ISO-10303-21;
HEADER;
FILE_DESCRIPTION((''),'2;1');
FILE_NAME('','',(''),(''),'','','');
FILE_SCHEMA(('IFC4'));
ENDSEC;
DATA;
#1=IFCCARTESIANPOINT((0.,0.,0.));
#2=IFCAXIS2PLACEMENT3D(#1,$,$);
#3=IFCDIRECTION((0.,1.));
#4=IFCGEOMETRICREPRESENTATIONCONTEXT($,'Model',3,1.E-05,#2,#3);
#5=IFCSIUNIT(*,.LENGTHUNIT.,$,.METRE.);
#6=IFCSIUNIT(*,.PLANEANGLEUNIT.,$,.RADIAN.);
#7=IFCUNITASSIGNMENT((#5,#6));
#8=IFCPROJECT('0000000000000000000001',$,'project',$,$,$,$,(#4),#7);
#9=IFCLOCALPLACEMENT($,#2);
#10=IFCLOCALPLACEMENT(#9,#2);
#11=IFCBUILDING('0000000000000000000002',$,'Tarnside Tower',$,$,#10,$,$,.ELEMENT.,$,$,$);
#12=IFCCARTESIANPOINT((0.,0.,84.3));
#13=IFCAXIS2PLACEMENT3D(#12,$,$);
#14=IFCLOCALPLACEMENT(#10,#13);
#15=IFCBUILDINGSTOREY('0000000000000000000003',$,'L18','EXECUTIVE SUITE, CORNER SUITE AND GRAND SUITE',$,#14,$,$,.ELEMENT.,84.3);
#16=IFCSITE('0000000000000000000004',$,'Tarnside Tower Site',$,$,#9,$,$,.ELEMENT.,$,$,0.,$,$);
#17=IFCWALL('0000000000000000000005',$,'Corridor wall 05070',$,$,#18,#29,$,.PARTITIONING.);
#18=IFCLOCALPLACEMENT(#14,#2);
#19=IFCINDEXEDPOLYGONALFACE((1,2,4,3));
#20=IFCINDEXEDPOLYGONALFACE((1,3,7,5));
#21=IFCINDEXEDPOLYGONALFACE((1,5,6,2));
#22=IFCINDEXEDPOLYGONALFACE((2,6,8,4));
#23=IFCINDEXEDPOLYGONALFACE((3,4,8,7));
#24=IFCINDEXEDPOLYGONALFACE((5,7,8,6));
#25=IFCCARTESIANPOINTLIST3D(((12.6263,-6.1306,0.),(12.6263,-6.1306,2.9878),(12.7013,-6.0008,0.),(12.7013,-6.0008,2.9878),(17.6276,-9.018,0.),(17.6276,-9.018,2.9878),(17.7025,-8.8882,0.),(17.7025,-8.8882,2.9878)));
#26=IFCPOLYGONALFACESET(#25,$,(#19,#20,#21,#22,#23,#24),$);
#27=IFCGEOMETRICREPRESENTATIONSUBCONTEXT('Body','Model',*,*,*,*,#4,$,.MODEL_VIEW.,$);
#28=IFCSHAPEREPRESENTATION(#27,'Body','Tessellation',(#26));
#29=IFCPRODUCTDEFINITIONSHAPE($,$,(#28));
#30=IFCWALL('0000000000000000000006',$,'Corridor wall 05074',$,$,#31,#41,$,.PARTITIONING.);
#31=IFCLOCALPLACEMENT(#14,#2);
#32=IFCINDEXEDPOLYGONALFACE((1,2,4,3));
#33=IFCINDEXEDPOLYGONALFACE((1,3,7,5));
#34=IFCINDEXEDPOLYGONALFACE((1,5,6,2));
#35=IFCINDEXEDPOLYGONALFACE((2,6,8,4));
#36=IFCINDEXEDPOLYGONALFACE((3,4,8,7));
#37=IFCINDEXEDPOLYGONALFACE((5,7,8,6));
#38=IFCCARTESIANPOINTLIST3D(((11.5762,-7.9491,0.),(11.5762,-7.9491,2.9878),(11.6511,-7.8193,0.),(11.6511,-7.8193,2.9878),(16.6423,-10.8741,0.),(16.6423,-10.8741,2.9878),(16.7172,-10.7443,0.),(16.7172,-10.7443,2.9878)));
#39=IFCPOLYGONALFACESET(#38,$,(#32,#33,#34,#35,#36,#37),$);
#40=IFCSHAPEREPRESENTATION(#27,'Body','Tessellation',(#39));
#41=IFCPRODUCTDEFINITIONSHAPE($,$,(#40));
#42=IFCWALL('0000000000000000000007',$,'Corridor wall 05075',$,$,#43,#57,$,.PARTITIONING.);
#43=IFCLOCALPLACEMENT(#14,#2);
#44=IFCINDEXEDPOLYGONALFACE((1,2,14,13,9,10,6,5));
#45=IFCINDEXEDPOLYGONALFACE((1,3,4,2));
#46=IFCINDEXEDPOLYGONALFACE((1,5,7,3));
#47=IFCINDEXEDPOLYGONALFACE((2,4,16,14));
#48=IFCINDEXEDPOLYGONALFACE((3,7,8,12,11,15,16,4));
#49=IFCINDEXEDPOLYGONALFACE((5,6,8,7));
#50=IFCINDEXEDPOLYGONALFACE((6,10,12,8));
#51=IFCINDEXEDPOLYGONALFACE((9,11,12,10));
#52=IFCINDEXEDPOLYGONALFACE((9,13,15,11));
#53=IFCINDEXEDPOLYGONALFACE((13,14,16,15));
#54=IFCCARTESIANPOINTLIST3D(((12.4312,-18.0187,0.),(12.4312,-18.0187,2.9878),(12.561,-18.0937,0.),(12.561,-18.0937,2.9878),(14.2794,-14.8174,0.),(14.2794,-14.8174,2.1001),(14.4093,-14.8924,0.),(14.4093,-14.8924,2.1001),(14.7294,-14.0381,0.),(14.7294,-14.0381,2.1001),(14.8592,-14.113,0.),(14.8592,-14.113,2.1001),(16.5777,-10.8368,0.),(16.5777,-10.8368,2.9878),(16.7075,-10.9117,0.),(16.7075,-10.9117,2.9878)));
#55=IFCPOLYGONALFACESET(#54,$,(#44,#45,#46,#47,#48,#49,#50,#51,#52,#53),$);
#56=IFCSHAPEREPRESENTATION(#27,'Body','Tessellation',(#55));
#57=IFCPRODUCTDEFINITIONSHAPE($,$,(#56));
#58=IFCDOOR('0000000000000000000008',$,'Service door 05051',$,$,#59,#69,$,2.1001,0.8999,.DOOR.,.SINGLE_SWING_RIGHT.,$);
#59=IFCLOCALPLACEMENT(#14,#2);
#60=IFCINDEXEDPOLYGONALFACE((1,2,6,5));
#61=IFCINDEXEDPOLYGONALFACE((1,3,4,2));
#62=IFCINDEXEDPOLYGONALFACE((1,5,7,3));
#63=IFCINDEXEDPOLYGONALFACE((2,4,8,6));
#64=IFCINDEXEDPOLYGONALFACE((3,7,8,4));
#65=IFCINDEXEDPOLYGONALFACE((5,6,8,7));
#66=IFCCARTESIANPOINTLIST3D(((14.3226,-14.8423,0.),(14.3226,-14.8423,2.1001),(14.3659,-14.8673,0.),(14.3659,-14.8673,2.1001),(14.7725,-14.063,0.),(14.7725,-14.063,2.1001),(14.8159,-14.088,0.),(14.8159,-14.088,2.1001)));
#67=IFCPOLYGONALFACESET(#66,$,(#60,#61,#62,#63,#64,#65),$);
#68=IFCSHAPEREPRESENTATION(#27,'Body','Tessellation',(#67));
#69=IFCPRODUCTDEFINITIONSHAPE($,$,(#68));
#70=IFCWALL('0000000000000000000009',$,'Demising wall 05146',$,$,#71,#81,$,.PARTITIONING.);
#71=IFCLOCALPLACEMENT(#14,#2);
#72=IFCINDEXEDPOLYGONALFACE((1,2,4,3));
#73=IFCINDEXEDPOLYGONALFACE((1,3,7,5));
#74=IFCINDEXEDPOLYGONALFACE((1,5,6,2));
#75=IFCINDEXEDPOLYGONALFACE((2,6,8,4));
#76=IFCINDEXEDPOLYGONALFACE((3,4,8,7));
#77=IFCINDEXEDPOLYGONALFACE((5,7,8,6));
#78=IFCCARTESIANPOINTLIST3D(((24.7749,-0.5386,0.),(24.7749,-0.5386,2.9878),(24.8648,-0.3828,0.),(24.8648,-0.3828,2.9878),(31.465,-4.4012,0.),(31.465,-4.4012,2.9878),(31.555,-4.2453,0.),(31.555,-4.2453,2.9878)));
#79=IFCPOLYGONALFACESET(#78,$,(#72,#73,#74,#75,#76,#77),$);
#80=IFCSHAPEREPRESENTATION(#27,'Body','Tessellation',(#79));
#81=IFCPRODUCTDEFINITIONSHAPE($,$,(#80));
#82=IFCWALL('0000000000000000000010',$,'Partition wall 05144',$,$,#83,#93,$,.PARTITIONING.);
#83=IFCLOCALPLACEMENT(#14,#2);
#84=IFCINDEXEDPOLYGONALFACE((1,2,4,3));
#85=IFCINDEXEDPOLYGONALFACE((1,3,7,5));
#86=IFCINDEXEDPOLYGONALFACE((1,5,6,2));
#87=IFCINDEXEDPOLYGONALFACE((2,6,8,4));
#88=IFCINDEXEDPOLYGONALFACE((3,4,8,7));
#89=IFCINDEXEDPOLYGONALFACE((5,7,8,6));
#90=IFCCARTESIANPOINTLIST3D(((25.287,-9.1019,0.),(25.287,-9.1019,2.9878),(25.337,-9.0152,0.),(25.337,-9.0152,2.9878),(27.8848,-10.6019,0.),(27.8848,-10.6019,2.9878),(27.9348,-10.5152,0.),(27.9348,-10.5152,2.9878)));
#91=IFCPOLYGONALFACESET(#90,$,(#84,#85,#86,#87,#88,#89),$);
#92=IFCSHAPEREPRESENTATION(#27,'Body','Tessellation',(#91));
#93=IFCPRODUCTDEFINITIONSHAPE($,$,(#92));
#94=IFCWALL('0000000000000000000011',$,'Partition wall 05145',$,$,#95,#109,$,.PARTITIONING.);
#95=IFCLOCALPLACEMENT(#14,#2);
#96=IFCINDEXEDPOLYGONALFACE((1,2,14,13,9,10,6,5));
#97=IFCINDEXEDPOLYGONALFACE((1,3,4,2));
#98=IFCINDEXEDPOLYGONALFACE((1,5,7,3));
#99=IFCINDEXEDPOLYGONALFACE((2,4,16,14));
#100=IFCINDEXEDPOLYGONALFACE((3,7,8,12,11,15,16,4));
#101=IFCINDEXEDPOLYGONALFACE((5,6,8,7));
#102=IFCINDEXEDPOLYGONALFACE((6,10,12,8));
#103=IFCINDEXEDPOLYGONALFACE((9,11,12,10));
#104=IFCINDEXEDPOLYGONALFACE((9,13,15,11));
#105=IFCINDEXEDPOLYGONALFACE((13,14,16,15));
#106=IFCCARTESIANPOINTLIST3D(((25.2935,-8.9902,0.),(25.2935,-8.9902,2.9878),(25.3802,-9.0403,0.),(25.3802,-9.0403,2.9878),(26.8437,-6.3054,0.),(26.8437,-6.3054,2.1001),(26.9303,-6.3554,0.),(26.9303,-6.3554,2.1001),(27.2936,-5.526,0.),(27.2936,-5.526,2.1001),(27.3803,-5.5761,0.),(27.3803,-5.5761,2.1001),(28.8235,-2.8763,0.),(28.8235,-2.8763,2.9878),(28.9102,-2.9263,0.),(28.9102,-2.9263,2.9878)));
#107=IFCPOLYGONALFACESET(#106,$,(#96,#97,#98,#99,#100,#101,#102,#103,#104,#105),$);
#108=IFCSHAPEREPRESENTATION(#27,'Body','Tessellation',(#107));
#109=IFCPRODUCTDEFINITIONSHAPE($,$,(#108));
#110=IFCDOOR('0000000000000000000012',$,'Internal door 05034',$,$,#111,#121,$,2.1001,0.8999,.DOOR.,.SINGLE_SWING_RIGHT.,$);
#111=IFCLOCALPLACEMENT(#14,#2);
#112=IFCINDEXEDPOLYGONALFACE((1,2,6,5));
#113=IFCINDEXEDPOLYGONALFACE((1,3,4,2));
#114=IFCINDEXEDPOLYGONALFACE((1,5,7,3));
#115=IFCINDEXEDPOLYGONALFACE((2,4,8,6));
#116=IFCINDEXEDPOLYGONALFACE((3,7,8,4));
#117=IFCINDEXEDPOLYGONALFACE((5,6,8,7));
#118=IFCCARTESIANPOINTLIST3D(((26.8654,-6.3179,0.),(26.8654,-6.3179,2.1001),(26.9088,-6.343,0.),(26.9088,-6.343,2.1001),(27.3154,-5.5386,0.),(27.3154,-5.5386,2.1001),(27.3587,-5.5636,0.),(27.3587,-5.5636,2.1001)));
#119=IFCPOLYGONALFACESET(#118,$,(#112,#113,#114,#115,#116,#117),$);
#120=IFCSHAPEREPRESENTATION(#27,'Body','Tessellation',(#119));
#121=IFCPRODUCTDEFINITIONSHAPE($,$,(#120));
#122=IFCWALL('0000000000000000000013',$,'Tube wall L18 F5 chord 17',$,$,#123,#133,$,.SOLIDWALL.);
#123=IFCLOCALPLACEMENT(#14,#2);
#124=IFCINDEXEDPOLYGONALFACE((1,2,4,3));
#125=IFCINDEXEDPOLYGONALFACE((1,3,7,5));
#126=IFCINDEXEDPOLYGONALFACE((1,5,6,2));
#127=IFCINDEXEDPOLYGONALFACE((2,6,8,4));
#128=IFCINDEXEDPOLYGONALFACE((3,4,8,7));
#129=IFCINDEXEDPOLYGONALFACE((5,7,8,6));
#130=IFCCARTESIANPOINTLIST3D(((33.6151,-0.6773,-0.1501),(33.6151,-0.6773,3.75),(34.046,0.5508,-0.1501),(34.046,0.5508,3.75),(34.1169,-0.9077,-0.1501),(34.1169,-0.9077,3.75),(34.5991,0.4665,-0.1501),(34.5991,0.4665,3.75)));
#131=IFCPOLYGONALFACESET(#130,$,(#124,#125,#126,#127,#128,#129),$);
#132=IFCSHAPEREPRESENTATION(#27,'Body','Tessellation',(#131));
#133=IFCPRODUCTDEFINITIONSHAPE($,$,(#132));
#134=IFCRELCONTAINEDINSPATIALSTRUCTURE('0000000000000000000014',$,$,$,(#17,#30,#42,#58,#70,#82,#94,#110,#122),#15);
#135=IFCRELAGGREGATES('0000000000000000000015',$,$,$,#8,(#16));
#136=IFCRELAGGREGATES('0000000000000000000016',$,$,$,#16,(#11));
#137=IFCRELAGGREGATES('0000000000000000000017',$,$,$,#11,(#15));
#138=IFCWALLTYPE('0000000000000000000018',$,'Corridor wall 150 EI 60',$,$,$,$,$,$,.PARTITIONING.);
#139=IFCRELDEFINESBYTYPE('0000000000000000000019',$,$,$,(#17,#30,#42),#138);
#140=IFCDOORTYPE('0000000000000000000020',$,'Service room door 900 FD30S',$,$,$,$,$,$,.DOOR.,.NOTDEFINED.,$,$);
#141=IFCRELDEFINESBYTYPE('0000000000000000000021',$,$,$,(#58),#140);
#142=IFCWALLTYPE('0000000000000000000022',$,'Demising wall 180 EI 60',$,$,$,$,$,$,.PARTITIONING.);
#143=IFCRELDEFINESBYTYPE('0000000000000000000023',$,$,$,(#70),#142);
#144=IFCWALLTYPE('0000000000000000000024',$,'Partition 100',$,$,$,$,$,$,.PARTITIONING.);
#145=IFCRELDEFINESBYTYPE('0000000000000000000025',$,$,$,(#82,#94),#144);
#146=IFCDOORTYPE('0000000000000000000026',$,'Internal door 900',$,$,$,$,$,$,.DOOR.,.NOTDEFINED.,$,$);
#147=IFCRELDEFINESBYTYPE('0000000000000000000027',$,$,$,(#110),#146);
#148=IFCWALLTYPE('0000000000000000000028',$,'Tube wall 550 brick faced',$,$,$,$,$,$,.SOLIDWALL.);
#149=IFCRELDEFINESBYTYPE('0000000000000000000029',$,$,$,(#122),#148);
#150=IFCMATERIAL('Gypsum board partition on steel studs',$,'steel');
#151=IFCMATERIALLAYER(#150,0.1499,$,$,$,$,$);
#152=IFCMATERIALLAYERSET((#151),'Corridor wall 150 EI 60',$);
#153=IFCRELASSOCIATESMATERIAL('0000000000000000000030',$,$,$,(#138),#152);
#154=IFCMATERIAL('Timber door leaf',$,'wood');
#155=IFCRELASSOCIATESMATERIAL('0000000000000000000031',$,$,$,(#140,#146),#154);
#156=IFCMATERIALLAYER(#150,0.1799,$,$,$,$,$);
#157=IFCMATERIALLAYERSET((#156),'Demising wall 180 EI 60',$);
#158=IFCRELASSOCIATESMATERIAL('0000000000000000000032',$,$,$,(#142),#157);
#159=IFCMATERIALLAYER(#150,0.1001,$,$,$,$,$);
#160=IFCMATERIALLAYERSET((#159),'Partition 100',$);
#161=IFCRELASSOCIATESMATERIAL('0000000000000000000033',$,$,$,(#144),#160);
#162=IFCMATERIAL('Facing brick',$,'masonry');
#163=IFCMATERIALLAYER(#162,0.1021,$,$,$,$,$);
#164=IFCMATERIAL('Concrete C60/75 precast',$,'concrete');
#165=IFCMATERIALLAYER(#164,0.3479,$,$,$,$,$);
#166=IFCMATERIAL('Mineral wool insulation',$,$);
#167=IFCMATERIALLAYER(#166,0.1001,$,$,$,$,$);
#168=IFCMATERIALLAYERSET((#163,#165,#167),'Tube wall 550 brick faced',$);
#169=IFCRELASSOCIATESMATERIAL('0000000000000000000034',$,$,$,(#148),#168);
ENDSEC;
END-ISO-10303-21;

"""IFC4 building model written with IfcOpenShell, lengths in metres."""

from ifc_helpers import new_model, si_unit, direction, frame, frame_2d, origin, place, context, subcontext, project, spatial, polyline, rectangle, outline, extrude, material, layer, layer_set, type_object, element, fill, save


model = new_model("IFC4")

# Units and contexts
model_context = context("Model", 3, precision=1e-05, world=origin(), true_north=direction((0.0, 1.0)))
body_context = subcontext(model_context, "Body", "Model", "MODEL_VIEW")
ifc_project = project(units=[si_unit("LENGTHUNIT", "METRE"), si_unit("PLANEANGLEUNIT", "RADIAN")], contexts=[model_context])

# Site, building, storey
site_placement = place(None, origin())
site = spatial("IfcSite", under=ifc_project, at=site_placement, Name="Tarnside Tower Site", CompositionType="ELEMENT", RefElevation=0.0)
building_placement = place(site_placement, origin())
building = spatial("IfcBuilding", under=site, at=building_placement, Name="Tarnside Tower", CompositionType="ELEMENT")
storey_placement = place(building_placement, frame((0.0, 0.0, 84.3)))
storey = spatial("IfcBuildingStorey", under=building, at=storey_placement, Name="L18", Description="EXECUTIVE SUITE, CORNER SUITE AND GRAND SUITE", CompositionType="ELEMENT", Elevation=84.3)

# Shared definitions
ifc_material_1 = material(Name="Gypsum board partition on steel studs", Category="steel")

# Shared definitions
ifc_material_2 = material(Name="Timber door leaf", Category="wood")

# Walls
ifc_layer_1 = layer(ifc_material_1, 0.1499)
ifc_layer_set_1 = layer_set([ifc_layer_1], Name="Corridor wall 150 EI 60")
wall_type_1 = type_object("IfcWallType", Name="Corridor wall 150 EI 60", PredefinedType="PARTITIONING", material=ifc_layer_set_1)
wall_1_placement = place(storey_placement, frame((17.665, -8.9531, 0.0), z_axis=(0.0, 0.0, 1.0), x_axis=(-0.866026, 0.499999, 0.0)))
element("IfcWall", 1, at=wall_1_placement, inside=storey, type_object=wall_type_1, Name="Corridor wall 05070", PredefinedType="PARTITIONING", context=body_context, shape_type="SweptSolid", body=[
    extrude(rectangle(XDim=5.7749, YDim=0.1499, at=frame_2d((2.8875, 0.0))), origin(), (0.0, 0.0, 1.0), 2.9878),
])
wall_2_placement = place(storey_placement, frame((11.6138, -7.8843, 0.0), z_axis=(0.0, 0.0, 1.0), x_axis=(0.866018, -0.500013, 0.0)))
element("IfcWall", 2, at=wall_2_placement, inside=storey, type_object=wall_type_1, Name="Corridor wall 05074", PredefinedType="PARTITIONING", context=body_context, shape_type="SweptSolid", body=[
    extrude(rectangle(XDim=5.8499, YDim=0.1499, at=frame_2d((2.9248, 0.0))), origin(), (0.0, 0.0, 1.0), 2.9878),
])

# Wall, opening, door
wall_3_placement = place(storey_placement, frame((16.6426, -10.8743, 0.0), z_axis=(0.0, 0.0, 1.0), x_axis=(-0.500002, -0.866024, 0.0)))
wall_3 = element("IfcWall", 3, at=wall_3_placement, inside=storey, type_object=wall_type_1, Name="Corridor wall 05075", PredefinedType="PARTITIONING", context=body_context, shape_type="SweptSolid", body=[
    extrude(rectangle(XDim=8.293, YDim=0.1499, at=frame_2d((4.1465, 0.0))), origin(), (0.0, 0.0, 1.0), 2.9878),
])
opening_1_placement = place(wall_3_placement, frame((3.6965, 0.0, 0.0)))
opening_1 = element("IfcOpeningElement", 4, at=opening_1_placement, cuts=wall_3, PredefinedType="OPENING", context=body_context, shape_type="SweptSolid", body=[
    extrude(rectangle(XDim=0.8999, YDim=2.1001, at=frame_2d((0.45, 1.05))), frame((0.0, 0.085, 0.0), z_axis=(0.0, -1.0, 0.0), x_axis=(1.0, 0.0, 0.0)), (0.0, 0.0, 1.0), 0.1699),
])
door_type_1 = type_object("IfcDoorType", Name="Service room door 900 FD30S", OperationType="NOTDEFINED", PredefinedType="DOOR", material=ifc_material_2)
door_1_placement = place(opening_1_placement, origin())
door_1 = element("IfcDoor", 5, at=door_1_placement, inside=storey, type_object=door_type_1, Name="Service door 05051", OperationType="SINGLE_SWING_RIGHT", OverallHeight=2.1001, OverallWidth=0.8999, PredefinedType="DOOR", context=body_context, shape_type="SweptSolid", body=[
    extrude(rectangle(XDim=0.8999, YDim=2.1001, at=frame_2d((0.45, 1.05))), frame((0.0, 0.0249, 0.0), z_axis=(0.0, -1.0, 0.0), x_axis=(1.0, 0.0, 0.0)), (0.0, 0.0, 1.0), 0.05),
])
fill(opening_1, door_1)

# Walls
ifc_layer_2 = layer(ifc_material_1, 0.1799)
ifc_layer_set_2 = layer_set([ifc_layer_2], Name="Demising wall 180 EI 60")
wall_type_2 = type_object("IfcWallType", Name="Demising wall 180 EI 60", PredefinedType="PARTITIONING", material=ifc_layer_set_2)
wall_4_placement = place(storey_placement, frame((31.51, -4.3232, 0.0), z_axis=(0.0, 0.0, 1.0), x_axis=(-0.866027, 0.499997, 0.0)))
element("IfcWall", 6, at=wall_4_placement, inside=storey, type_object=wall_type_2, Name="Demising wall 05146", PredefinedType="PARTITIONING", context=body_context, shape_type="SweptSolid", body=[
    extrude(rectangle(XDim=7.7251, YDim=0.1799, at=frame_2d((3.8625, 0.0))), origin(), (0.0, 0.0, 1.0), 2.9878),
])
ifc_layer_3 = layer(ifc_material_1, 0.1001)
ifc_layer_set_3 = layer_set([ifc_layer_3], Name="Partition 100")
wall_type_3 = type_object("IfcWallType", Name="Partition 100", PredefinedType="PARTITIONING", material=ifc_layer_set_3)
wall_5_placement = place(storey_placement, frame((27.9099, -10.5586, 0.0), z_axis=(0.0, 0.0, 1.0), x_axis=(-0.866011, 0.500025, 0.0)))
element("IfcWall", 7, at=wall_5_placement, inside=storey, type_object=wall_type_3, Name="Partition wall 05144", PredefinedType="PARTITIONING", context=body_context, shape_type="SweptSolid", body=[
    extrude(rectangle(XDim=2.9998, YDim=0.1001, at=frame_2d((1.5, 0.0))), origin(), (0.0, 0.0, 1.0), 2.9878),
])

# Wall, opening, door
wall_6_placement = place(storey_placement, frame((25.3369, -9.0151, 0.0), z_axis=(0.0, 0.0, 1.0), x_axis=(0.500011, 0.866019, 0.0)))
wall_6 = element("IfcWall", 8, at=wall_6_placement, inside=storey, type_object=wall_type_3, Name="Partition wall 05145", PredefinedType="PARTITIONING", context=body_context, shape_type="SweptSolid", body=[
    extrude(rectangle(XDim=7.0598, YDim=0.1001, at=frame_2d((3.5298, 0.0))), origin(), (0.0, 0.0, 1.0), 2.9878),
])
opening_2_placement = place(wall_6_placement, frame((3.1001, 0.0, 0.0)))
opening_2 = element("IfcOpeningElement", 9, at=opening_2_placement, cuts=wall_6, PredefinedType="OPENING", context=body_context, shape_type="SweptSolid", body=[
    extrude(rectangle(XDim=0.8999, YDim=2.1001, at=frame_2d((0.45, 1.05))), frame((0.0, 0.0601, 0.0), z_axis=(0.0, -1.0, 0.0), x_axis=(1.0, 0.0, 0.0)), (0.0, 0.0, 1.0), 0.1201),
])
door_type_2 = type_object("IfcDoorType", Name="Internal door 900", OperationType="NOTDEFINED", PredefinedType="DOOR", material=ifc_material_2)
door_2_placement = place(opening_2_placement, origin())
door_2 = element("IfcDoor", 10, at=door_2_placement, inside=storey, type_object=door_type_2, Name="Internal door 05034", OperationType="SINGLE_SWING_RIGHT", OverallHeight=2.1001, OverallWidth=0.8999, PredefinedType="DOOR", context=body_context, shape_type="SweptSolid", body=[
    extrude(rectangle(XDim=0.8999, YDim=2.1001, at=frame_2d((0.45, 1.05))), frame((0.0, 0.0249, 0.0), z_axis=(0.0, -1.0, 0.0), x_axis=(1.0, 0.0, 0.0)), (0.0, 0.0, 1.0), 0.05),
])
fill(opening_2, door_2)

# Wall
ifc_material_3 = material(Name="Facing brick", Category="masonry")
ifc_layer_4 = layer(ifc_material_3, 0.1021)
ifc_material_4 = material(Name="Concrete C60/75 precast", Category="concrete")
ifc_layer_5 = layer(ifc_material_4, 0.3479)
ifc_material_5 = material(Name="Mineral wool insulation")
ifc_layer_6 = layer(ifc_material_5, 0.1001)
ifc_layer_set_4 = layer_set([ifc_layer_4, ifc_layer_5, ifc_layer_6], Name="Tube wall 550 brick faced")
wall_type_4 = type_object("IfcWallType", Name="Tube wall 550 brick faced", PredefinedType="SOLIDWALL", material=ifc_layer_set_4)
wall_7_placement = place(storey_placement, frame((33.866, -0.7925, -0.1501), z_axis=(0.0, 0.0, 1.0), x_axis=(0.331115, 0.94359, 0.0)))
element("IfcWall", 11, at=wall_7_placement, inside=storey, type_object=wall_type_4, Name="Tube wall L18 F5 chord 17", PredefinedType="SOLIDWALL", context=body_context, shape_type="SweptSolid", body=[
    extrude(outline(polyline([(-0.0256, -0.2749), (1.4307, -0.2749), (1.3271, 0.2749), (0.0256, 0.2749), (-0.0256, -0.2749)])), origin(), (0.0, 0.0, 1.0), 3.9001),
])

save(model, "model.ifc")
